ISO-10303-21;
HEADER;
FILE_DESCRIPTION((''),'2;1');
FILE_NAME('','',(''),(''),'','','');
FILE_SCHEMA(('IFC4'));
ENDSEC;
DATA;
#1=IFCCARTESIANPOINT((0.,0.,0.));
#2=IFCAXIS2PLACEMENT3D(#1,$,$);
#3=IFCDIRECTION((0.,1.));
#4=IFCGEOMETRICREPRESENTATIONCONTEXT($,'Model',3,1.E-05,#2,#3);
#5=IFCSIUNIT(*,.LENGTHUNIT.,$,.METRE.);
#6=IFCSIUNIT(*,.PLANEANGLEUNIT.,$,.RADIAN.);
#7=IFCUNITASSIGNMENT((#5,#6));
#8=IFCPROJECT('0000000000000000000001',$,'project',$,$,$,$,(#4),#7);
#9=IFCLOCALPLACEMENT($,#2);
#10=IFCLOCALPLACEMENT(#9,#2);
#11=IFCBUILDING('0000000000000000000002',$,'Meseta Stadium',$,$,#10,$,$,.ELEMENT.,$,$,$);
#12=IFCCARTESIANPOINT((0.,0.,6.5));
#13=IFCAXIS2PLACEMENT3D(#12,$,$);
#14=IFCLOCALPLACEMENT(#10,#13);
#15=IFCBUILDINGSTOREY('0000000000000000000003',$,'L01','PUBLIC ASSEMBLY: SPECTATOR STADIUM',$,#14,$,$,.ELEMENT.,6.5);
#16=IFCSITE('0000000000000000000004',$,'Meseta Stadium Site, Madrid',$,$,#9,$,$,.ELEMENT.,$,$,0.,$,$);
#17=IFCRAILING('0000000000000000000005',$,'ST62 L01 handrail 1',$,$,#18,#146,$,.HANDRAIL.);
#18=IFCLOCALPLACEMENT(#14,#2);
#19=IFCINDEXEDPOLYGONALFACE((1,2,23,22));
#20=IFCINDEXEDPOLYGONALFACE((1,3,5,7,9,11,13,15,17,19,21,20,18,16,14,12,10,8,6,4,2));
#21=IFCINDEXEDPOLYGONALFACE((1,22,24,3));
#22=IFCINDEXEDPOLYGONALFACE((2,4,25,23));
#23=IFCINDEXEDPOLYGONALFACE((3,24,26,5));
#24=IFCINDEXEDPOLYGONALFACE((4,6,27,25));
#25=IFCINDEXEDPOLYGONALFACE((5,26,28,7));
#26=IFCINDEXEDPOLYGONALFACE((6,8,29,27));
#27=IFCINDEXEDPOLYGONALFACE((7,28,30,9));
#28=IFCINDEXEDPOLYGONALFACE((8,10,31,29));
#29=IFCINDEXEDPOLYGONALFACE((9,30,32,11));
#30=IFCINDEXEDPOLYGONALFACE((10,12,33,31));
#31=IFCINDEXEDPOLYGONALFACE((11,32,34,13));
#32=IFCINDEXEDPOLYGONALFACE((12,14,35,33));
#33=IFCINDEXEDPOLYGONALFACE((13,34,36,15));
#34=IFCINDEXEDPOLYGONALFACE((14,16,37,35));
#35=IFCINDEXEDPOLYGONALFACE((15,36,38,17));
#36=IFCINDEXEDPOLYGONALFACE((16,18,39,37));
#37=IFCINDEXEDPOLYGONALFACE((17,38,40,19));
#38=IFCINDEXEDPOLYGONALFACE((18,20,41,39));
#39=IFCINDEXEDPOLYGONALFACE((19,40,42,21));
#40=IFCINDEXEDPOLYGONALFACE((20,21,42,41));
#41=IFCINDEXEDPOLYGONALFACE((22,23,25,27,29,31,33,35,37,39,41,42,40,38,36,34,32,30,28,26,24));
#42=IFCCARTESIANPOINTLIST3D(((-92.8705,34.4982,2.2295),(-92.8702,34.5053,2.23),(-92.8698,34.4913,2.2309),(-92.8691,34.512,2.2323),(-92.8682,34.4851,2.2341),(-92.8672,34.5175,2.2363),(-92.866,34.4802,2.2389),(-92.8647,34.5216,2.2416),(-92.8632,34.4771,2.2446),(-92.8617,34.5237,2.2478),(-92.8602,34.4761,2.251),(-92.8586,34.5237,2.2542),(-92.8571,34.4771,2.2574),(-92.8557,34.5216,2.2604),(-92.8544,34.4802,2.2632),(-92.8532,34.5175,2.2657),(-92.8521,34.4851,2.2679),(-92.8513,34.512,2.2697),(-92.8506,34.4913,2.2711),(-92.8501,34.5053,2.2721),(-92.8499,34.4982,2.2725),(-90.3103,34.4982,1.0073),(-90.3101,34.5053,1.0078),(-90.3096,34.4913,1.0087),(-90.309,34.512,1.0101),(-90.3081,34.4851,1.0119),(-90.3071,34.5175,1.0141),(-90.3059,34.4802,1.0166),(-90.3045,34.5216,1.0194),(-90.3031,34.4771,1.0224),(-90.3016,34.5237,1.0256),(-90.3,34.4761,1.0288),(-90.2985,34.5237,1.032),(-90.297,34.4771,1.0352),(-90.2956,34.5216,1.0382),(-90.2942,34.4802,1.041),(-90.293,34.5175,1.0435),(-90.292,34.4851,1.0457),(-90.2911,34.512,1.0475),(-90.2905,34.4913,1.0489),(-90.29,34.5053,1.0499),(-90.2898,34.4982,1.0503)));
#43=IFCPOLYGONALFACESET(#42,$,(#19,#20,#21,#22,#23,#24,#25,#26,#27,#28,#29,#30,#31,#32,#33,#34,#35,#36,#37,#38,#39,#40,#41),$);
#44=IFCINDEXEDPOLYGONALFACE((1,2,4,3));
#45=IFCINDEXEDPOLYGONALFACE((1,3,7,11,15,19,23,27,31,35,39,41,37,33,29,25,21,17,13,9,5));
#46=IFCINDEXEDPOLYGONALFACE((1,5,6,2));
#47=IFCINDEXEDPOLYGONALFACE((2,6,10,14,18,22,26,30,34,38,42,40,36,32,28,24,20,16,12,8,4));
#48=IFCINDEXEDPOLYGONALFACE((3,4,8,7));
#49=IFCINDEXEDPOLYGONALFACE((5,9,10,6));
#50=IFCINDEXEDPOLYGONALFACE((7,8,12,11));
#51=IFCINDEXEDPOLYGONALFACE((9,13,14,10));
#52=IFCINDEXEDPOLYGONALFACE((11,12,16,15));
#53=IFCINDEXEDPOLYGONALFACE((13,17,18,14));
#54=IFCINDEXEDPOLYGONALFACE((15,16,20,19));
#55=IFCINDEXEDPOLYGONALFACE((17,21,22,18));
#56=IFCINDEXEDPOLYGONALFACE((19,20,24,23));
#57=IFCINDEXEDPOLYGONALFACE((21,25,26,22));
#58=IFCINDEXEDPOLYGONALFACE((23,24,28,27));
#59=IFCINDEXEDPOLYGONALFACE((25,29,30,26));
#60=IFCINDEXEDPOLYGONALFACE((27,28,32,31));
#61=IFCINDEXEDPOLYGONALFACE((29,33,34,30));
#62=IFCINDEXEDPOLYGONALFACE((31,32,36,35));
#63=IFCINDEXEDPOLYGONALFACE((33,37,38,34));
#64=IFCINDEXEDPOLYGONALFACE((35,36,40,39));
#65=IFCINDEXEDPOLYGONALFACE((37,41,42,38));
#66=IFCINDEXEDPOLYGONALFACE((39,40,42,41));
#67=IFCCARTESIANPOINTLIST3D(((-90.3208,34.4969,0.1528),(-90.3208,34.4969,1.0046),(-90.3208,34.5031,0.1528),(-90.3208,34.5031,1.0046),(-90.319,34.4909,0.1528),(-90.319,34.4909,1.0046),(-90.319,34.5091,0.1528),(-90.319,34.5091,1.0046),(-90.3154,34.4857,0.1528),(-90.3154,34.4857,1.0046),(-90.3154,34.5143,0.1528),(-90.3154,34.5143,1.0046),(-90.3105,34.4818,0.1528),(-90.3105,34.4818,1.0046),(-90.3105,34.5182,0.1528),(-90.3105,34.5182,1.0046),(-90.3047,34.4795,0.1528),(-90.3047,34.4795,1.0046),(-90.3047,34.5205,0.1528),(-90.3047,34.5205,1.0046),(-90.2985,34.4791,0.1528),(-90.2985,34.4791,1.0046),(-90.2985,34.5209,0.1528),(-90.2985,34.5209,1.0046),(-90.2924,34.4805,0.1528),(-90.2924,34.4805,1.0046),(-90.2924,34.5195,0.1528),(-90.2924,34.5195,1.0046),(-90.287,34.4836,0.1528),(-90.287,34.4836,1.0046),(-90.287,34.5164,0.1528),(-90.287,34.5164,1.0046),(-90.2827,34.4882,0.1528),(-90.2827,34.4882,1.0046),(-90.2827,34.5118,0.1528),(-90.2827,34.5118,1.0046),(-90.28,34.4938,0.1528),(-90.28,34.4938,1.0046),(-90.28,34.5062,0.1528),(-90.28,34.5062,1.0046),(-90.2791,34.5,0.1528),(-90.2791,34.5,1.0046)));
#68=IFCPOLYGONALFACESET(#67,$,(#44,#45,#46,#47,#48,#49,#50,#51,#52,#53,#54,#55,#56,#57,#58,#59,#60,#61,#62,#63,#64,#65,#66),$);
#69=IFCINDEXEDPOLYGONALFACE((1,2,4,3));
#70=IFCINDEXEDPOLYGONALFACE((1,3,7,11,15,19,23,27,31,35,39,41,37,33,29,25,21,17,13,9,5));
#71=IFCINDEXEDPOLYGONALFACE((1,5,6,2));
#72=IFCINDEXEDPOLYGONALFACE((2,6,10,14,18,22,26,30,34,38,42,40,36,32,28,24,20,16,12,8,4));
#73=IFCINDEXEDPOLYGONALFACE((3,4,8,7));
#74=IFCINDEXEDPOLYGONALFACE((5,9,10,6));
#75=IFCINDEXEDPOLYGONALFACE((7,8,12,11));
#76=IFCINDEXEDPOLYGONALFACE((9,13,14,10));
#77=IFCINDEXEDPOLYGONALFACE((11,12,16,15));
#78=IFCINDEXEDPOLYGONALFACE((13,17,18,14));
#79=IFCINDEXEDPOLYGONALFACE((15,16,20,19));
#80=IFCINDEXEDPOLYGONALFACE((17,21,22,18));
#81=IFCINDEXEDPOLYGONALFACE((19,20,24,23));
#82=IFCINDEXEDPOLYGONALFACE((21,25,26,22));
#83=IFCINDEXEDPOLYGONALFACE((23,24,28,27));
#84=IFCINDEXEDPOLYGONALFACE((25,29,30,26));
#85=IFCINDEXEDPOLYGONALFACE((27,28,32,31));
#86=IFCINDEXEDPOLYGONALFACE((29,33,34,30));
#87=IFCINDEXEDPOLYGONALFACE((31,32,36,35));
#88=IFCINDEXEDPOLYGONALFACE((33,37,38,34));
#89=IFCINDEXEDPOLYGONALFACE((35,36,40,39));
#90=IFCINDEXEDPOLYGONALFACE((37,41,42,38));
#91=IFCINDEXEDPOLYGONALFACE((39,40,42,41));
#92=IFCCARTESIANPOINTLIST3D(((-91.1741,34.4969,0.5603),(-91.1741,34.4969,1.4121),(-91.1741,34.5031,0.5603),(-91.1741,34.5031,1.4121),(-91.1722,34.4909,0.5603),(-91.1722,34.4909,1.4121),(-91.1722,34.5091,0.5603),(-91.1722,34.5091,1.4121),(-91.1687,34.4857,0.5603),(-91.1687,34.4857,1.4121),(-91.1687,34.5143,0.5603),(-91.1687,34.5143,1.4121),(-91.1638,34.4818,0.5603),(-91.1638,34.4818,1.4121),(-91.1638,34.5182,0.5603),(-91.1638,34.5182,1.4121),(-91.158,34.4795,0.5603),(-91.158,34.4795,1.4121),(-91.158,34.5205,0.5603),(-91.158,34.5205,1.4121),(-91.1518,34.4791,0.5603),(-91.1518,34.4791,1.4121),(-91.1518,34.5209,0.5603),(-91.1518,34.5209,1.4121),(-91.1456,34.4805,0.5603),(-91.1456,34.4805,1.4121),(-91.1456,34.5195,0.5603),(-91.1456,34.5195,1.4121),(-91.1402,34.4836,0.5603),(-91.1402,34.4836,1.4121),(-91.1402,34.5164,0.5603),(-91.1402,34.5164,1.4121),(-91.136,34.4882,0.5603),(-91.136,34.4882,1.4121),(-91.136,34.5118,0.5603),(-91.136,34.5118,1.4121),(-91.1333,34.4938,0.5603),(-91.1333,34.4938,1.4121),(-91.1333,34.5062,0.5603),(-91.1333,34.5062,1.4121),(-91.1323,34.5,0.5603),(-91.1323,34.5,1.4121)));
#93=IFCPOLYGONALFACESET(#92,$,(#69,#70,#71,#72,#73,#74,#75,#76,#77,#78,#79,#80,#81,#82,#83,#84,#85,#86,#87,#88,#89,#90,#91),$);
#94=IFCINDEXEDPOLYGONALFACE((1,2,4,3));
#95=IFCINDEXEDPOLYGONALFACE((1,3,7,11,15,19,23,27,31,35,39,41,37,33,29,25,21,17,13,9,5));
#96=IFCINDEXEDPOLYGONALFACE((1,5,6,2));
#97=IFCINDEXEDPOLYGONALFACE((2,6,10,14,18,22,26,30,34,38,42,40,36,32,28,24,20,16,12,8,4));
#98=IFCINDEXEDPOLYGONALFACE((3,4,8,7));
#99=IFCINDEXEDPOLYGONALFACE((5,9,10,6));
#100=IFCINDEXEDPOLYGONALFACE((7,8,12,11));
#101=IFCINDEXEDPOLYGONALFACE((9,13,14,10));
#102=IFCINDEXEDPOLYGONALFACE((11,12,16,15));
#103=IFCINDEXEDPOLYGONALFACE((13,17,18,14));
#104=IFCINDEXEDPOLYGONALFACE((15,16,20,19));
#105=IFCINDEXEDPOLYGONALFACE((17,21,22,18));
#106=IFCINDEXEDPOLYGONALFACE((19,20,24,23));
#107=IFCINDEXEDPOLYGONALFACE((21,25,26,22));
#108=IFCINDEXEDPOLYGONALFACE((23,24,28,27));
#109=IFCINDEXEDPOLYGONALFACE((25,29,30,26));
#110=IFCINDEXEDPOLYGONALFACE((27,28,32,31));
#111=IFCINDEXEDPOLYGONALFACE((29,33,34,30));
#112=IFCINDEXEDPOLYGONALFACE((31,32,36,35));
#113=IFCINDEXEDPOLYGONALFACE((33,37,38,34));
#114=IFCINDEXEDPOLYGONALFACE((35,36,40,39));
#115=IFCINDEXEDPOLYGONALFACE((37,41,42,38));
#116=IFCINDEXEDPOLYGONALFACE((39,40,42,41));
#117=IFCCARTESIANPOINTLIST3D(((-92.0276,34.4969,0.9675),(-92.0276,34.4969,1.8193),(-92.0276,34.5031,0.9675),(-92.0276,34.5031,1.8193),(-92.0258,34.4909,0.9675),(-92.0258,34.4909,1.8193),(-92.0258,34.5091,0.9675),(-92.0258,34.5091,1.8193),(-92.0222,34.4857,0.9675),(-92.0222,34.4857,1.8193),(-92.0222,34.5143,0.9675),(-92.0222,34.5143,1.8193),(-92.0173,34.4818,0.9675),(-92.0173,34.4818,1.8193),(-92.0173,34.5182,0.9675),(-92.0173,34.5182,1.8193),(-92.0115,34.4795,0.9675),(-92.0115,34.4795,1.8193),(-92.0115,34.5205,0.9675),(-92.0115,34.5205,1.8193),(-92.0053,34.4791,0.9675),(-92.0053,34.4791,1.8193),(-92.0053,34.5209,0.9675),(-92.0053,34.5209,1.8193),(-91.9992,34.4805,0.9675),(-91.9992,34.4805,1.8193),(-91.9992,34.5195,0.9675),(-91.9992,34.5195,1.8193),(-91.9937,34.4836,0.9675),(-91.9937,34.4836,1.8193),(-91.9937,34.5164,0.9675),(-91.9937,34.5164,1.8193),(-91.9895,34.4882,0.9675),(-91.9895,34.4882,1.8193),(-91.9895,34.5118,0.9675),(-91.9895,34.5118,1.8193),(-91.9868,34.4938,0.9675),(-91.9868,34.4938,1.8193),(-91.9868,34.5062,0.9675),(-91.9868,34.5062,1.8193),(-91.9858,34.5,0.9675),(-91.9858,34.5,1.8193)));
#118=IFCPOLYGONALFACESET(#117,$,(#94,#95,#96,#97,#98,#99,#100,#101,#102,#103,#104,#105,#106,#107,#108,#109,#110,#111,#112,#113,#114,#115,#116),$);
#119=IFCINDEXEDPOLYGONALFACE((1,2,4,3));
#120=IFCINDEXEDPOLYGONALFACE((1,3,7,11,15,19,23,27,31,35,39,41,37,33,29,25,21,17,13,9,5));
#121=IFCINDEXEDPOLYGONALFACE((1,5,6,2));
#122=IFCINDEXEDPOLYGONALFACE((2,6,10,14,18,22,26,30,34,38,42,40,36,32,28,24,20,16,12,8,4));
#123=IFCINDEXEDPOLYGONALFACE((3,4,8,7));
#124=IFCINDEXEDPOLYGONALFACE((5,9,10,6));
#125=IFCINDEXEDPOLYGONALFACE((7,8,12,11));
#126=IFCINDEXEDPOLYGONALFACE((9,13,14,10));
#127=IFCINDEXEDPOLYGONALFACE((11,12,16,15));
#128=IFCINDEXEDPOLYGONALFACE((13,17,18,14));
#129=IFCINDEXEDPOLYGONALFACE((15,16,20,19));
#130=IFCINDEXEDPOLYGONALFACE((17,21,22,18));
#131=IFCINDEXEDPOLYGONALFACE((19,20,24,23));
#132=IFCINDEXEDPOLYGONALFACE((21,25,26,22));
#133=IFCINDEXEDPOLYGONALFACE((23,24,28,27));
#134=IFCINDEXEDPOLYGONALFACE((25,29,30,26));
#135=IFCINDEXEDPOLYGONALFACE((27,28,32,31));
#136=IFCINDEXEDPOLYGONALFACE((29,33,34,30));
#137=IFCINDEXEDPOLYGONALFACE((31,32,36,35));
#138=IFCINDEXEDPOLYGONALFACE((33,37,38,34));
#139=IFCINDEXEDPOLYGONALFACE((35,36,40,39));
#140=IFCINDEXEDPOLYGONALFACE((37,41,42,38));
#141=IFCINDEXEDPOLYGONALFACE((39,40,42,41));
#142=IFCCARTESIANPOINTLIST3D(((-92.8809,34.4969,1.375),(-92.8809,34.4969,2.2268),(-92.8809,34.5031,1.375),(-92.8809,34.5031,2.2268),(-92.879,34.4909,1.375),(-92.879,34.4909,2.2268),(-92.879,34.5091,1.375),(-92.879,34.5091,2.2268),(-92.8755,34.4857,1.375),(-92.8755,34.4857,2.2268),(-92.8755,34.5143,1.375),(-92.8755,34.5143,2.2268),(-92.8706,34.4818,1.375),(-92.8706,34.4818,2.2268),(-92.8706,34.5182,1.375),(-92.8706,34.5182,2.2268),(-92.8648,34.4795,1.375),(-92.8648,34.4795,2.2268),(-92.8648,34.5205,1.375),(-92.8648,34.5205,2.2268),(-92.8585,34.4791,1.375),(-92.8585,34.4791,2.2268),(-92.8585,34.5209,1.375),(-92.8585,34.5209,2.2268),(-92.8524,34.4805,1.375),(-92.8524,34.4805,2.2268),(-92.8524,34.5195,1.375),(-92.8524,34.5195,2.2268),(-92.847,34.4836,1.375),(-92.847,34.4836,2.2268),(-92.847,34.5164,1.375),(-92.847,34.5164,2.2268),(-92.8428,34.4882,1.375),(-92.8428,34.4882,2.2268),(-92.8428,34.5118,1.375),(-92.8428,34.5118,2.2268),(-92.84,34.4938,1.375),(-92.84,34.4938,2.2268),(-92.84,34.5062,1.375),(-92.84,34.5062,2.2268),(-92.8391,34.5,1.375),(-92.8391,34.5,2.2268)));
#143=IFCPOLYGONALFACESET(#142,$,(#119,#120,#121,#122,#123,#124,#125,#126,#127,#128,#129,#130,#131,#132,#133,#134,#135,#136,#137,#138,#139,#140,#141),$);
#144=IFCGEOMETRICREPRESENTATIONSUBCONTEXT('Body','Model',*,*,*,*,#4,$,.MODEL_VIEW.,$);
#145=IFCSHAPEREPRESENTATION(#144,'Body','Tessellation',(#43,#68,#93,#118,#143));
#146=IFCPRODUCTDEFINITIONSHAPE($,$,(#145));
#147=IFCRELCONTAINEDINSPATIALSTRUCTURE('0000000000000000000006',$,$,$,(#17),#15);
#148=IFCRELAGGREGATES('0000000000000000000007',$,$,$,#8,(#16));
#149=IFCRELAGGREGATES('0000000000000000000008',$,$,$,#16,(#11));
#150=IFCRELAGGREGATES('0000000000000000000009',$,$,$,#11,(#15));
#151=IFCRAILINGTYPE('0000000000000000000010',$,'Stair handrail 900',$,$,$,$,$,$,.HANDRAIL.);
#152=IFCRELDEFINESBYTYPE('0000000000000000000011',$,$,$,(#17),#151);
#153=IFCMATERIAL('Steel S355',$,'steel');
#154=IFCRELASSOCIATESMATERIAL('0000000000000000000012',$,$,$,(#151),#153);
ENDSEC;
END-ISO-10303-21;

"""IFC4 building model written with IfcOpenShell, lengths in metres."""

from ifc_helpers import new_model, si_unit, direction, frame, origin, origin_2d, place, context, subcontext, project, spatial, circle, extrude, material, type_object, element, save


model = new_model("IFC4")

# Units and contexts
model_context = context("Model", 3, precision=1e-05, world=origin(), true_north=direction((0.0, 1.0)))
body_context = subcontext(model_context, "Body", "Model", "MODEL_VIEW")
ifc_project = project(units=[si_unit("LENGTHUNIT", "METRE"), si_unit("PLANEANGLEUNIT", "RADIAN")], contexts=[model_context])

# Site, building, storey
site_placement = place(None, origin())
site = spatial("IfcSite", under=ifc_project, at=site_placement, Name="Meseta Stadium Site, Madrid", CompositionType="ELEMENT", RefElevation=0.0)
building_placement = place(site_placement, origin())
building = spatial("IfcBuilding", under=site, at=building_placement, Name="Meseta Stadium", CompositionType="ELEMENT")
storey_placement = place(building_placement, frame((0.0, 0.0, 6.5)))
storey = spatial("IfcBuildingStorey", under=building, at=storey_placement, Name="L01", Description="PUBLIC ASSEMBLY: SPECTATOR STADIUM", CompositionType="ELEMENT", Elevation=6.5)

# Railing
ifc_material_1 = material(Name="Steel S355", Category="steel")
railing_type_1 = type_object("IfcRailingType", Name="Stair handrail 900", PredefinedType="HANDRAIL", material=ifc_material_1)
for number, where, name in (
    (1, (-90.3, 34.5, 0.1528), "ST62 L01 handrail 1"),
):
    element("IfcRailing", number, at=place(storey_placement, frame(where)), inside=storey, type_object=railing_type_1, Name=name, PredefinedType="HANDRAIL", context=body_context, shape_type="SweptSolid", body=[
        extrude(circle(Radius=0.0239, at=origin_2d()), frame((0.0, 0.0, 0.876), z_axis=(-0.902437, 0.0, 0.430822), x_axis=(0.0, -1.0, 0.0)), (0.0, 0.0, 1.0), 2.8369),
        extrude(circle(Radius=0.021, at=origin_2d()), origin(), (0.0, 0.0, 1.0), 0.8518),
        extrude(circle(Radius=0.021, at=origin_2d()), frame((-0.8533, 0.0, 0.4075)), (0.0, 0.0, 1.0), 0.8518),
        extrude(circle(Radius=0.021, at=origin_2d()), frame((-1.7068, 0.0, 0.8147)), (0.0, 0.0, 1.0), 0.8518),
        extrude(circle(Radius=0.021, at=origin_2d()), frame((-2.5601, 0.0, 1.2222)), (0.0, 0.0, 1.0), 0.8518),
    ])

save(model, "model.ifc")
